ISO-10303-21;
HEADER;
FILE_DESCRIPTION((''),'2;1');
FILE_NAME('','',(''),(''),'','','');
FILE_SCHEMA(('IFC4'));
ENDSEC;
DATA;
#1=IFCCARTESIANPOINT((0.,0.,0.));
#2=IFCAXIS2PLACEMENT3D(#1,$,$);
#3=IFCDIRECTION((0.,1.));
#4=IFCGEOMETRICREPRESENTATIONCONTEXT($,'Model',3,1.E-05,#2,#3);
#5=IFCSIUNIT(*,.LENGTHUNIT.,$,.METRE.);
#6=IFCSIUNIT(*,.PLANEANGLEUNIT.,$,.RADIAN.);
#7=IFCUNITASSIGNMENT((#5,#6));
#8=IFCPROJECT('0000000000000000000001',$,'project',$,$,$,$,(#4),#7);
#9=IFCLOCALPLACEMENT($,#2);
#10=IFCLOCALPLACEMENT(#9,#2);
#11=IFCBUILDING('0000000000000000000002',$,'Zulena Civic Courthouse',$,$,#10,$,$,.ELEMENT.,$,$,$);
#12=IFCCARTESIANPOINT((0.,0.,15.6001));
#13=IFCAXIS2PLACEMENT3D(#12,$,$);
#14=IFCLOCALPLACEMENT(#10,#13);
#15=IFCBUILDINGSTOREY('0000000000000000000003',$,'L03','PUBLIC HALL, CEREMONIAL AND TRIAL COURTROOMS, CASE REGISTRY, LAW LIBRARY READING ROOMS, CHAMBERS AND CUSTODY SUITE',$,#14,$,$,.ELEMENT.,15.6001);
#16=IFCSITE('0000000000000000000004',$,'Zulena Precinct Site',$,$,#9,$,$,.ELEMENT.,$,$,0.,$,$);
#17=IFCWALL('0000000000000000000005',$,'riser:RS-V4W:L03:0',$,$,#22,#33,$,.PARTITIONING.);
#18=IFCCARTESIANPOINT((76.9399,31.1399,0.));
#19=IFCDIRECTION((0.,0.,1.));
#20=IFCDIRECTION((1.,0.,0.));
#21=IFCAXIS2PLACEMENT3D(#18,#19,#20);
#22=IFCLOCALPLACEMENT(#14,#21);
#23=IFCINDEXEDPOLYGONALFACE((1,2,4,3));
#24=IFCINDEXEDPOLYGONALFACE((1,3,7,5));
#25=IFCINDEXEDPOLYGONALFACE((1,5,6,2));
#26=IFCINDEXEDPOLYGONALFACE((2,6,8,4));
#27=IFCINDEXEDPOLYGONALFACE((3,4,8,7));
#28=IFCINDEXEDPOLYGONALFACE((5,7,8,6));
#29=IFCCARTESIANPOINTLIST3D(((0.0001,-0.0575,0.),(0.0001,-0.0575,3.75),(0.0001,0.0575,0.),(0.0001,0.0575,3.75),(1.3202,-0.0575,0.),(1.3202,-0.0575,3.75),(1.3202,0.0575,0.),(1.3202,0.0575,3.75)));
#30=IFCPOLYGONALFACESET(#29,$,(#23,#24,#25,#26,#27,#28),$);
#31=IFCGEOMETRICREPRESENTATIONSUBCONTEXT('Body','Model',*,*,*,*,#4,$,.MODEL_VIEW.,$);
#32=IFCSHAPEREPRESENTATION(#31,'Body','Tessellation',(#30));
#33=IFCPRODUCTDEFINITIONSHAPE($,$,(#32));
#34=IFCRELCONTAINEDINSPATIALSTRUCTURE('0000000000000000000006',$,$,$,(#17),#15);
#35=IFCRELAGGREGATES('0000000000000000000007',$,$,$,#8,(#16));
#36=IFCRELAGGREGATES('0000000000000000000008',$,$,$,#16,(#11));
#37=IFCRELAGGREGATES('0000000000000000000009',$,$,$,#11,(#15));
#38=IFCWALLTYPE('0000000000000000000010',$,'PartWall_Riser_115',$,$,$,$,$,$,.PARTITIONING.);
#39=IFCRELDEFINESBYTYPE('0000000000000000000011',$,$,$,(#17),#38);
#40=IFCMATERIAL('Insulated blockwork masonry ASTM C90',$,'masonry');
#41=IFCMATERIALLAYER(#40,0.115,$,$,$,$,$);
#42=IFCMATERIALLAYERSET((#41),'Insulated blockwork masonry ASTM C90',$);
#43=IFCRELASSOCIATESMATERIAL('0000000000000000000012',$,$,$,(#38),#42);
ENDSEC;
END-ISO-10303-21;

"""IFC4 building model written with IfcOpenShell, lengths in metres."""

from ifc_helpers import new_model, si_unit, direction, frame, frame_2d, origin, place, context, subcontext, project, spatial, rectangle, extrude, material, layer, layer_set, type_object, element, save


model = new_model("IFC4")

# Units and contexts
model_context = context("Model", 3, precision=1e-05, world=origin(), true_north=direction((0.0, 1.0)))
body_context = subcontext(model_context, "Body", "Model", "MODEL_VIEW")
ifc_project = project(units=[si_unit("LENGTHUNIT", "METRE"), si_unit("PLANEANGLEUNIT", "RADIAN")], contexts=[model_context])

# Site, building, storey
site_placement = place(None, origin())
site = spatial("IfcSite", under=ifc_project, at=site_placement, Name="Zulena Precinct Site", CompositionType="ELEMENT", RefElevation=0.0)
building_placement = place(site_placement, origin())
building = spatial("IfcBuilding", under=site, at=building_placement, Name="Zulena Civic Courthouse", CompositionType="ELEMENT")
storey_placement = place(building_placement, frame((0.0, 0.0, 15.6001)))
storey = spatial("IfcBuildingStorey", under=building, at=storey_placement, Name="L03", Description="PUBLIC HALL, CEREMONIAL AND TRIAL COURTROOMS, CASE REGISTRY, LAW LIBRARY READING ROOMS, CHAMBERS AND CUSTODY SUITE", CompositionType="ELEMENT", Elevation=15.6001)

# Wall
ifc_material_1 = material(Name="Insulated blockwork masonry ASTM C90", Category="masonry")
ifc_layer_1 = layer(ifc_material_1, 0.115)
ifc_layer_set_1 = layer_set([ifc_layer_1], Name="Insulated blockwork masonry ASTM C90")
wall_type_1 = type_object("IfcWallType", Name="PartWall_Riser_115", PredefinedType="PARTITIONING", material=ifc_layer_set_1)
for number, where, z_axis, x_axis, name in (
    (1, (76.9399, 31.1399, 0.0), (0.0, 0.0, 1.0), (1.0, 0.0, 0.0), "riser:RS-V4W:L03:0"),
):
    element("IfcWall", number, at=place(storey_placement, frame(where, z_axis=z_axis, x_axis=x_axis)), inside=storey, type_object=wall_type_1, Name=name, PredefinedType="PARTITIONING", context=body_context, shape_type="SweptSolid", body=[
        extrude(rectangle(XDim=1.3201, YDim=0.115, at=frame_2d((0.6602, 0.0))), origin(), (0.0, 0.0, 1.0), 3.75),
    ])

save(model, "model.ifc")
